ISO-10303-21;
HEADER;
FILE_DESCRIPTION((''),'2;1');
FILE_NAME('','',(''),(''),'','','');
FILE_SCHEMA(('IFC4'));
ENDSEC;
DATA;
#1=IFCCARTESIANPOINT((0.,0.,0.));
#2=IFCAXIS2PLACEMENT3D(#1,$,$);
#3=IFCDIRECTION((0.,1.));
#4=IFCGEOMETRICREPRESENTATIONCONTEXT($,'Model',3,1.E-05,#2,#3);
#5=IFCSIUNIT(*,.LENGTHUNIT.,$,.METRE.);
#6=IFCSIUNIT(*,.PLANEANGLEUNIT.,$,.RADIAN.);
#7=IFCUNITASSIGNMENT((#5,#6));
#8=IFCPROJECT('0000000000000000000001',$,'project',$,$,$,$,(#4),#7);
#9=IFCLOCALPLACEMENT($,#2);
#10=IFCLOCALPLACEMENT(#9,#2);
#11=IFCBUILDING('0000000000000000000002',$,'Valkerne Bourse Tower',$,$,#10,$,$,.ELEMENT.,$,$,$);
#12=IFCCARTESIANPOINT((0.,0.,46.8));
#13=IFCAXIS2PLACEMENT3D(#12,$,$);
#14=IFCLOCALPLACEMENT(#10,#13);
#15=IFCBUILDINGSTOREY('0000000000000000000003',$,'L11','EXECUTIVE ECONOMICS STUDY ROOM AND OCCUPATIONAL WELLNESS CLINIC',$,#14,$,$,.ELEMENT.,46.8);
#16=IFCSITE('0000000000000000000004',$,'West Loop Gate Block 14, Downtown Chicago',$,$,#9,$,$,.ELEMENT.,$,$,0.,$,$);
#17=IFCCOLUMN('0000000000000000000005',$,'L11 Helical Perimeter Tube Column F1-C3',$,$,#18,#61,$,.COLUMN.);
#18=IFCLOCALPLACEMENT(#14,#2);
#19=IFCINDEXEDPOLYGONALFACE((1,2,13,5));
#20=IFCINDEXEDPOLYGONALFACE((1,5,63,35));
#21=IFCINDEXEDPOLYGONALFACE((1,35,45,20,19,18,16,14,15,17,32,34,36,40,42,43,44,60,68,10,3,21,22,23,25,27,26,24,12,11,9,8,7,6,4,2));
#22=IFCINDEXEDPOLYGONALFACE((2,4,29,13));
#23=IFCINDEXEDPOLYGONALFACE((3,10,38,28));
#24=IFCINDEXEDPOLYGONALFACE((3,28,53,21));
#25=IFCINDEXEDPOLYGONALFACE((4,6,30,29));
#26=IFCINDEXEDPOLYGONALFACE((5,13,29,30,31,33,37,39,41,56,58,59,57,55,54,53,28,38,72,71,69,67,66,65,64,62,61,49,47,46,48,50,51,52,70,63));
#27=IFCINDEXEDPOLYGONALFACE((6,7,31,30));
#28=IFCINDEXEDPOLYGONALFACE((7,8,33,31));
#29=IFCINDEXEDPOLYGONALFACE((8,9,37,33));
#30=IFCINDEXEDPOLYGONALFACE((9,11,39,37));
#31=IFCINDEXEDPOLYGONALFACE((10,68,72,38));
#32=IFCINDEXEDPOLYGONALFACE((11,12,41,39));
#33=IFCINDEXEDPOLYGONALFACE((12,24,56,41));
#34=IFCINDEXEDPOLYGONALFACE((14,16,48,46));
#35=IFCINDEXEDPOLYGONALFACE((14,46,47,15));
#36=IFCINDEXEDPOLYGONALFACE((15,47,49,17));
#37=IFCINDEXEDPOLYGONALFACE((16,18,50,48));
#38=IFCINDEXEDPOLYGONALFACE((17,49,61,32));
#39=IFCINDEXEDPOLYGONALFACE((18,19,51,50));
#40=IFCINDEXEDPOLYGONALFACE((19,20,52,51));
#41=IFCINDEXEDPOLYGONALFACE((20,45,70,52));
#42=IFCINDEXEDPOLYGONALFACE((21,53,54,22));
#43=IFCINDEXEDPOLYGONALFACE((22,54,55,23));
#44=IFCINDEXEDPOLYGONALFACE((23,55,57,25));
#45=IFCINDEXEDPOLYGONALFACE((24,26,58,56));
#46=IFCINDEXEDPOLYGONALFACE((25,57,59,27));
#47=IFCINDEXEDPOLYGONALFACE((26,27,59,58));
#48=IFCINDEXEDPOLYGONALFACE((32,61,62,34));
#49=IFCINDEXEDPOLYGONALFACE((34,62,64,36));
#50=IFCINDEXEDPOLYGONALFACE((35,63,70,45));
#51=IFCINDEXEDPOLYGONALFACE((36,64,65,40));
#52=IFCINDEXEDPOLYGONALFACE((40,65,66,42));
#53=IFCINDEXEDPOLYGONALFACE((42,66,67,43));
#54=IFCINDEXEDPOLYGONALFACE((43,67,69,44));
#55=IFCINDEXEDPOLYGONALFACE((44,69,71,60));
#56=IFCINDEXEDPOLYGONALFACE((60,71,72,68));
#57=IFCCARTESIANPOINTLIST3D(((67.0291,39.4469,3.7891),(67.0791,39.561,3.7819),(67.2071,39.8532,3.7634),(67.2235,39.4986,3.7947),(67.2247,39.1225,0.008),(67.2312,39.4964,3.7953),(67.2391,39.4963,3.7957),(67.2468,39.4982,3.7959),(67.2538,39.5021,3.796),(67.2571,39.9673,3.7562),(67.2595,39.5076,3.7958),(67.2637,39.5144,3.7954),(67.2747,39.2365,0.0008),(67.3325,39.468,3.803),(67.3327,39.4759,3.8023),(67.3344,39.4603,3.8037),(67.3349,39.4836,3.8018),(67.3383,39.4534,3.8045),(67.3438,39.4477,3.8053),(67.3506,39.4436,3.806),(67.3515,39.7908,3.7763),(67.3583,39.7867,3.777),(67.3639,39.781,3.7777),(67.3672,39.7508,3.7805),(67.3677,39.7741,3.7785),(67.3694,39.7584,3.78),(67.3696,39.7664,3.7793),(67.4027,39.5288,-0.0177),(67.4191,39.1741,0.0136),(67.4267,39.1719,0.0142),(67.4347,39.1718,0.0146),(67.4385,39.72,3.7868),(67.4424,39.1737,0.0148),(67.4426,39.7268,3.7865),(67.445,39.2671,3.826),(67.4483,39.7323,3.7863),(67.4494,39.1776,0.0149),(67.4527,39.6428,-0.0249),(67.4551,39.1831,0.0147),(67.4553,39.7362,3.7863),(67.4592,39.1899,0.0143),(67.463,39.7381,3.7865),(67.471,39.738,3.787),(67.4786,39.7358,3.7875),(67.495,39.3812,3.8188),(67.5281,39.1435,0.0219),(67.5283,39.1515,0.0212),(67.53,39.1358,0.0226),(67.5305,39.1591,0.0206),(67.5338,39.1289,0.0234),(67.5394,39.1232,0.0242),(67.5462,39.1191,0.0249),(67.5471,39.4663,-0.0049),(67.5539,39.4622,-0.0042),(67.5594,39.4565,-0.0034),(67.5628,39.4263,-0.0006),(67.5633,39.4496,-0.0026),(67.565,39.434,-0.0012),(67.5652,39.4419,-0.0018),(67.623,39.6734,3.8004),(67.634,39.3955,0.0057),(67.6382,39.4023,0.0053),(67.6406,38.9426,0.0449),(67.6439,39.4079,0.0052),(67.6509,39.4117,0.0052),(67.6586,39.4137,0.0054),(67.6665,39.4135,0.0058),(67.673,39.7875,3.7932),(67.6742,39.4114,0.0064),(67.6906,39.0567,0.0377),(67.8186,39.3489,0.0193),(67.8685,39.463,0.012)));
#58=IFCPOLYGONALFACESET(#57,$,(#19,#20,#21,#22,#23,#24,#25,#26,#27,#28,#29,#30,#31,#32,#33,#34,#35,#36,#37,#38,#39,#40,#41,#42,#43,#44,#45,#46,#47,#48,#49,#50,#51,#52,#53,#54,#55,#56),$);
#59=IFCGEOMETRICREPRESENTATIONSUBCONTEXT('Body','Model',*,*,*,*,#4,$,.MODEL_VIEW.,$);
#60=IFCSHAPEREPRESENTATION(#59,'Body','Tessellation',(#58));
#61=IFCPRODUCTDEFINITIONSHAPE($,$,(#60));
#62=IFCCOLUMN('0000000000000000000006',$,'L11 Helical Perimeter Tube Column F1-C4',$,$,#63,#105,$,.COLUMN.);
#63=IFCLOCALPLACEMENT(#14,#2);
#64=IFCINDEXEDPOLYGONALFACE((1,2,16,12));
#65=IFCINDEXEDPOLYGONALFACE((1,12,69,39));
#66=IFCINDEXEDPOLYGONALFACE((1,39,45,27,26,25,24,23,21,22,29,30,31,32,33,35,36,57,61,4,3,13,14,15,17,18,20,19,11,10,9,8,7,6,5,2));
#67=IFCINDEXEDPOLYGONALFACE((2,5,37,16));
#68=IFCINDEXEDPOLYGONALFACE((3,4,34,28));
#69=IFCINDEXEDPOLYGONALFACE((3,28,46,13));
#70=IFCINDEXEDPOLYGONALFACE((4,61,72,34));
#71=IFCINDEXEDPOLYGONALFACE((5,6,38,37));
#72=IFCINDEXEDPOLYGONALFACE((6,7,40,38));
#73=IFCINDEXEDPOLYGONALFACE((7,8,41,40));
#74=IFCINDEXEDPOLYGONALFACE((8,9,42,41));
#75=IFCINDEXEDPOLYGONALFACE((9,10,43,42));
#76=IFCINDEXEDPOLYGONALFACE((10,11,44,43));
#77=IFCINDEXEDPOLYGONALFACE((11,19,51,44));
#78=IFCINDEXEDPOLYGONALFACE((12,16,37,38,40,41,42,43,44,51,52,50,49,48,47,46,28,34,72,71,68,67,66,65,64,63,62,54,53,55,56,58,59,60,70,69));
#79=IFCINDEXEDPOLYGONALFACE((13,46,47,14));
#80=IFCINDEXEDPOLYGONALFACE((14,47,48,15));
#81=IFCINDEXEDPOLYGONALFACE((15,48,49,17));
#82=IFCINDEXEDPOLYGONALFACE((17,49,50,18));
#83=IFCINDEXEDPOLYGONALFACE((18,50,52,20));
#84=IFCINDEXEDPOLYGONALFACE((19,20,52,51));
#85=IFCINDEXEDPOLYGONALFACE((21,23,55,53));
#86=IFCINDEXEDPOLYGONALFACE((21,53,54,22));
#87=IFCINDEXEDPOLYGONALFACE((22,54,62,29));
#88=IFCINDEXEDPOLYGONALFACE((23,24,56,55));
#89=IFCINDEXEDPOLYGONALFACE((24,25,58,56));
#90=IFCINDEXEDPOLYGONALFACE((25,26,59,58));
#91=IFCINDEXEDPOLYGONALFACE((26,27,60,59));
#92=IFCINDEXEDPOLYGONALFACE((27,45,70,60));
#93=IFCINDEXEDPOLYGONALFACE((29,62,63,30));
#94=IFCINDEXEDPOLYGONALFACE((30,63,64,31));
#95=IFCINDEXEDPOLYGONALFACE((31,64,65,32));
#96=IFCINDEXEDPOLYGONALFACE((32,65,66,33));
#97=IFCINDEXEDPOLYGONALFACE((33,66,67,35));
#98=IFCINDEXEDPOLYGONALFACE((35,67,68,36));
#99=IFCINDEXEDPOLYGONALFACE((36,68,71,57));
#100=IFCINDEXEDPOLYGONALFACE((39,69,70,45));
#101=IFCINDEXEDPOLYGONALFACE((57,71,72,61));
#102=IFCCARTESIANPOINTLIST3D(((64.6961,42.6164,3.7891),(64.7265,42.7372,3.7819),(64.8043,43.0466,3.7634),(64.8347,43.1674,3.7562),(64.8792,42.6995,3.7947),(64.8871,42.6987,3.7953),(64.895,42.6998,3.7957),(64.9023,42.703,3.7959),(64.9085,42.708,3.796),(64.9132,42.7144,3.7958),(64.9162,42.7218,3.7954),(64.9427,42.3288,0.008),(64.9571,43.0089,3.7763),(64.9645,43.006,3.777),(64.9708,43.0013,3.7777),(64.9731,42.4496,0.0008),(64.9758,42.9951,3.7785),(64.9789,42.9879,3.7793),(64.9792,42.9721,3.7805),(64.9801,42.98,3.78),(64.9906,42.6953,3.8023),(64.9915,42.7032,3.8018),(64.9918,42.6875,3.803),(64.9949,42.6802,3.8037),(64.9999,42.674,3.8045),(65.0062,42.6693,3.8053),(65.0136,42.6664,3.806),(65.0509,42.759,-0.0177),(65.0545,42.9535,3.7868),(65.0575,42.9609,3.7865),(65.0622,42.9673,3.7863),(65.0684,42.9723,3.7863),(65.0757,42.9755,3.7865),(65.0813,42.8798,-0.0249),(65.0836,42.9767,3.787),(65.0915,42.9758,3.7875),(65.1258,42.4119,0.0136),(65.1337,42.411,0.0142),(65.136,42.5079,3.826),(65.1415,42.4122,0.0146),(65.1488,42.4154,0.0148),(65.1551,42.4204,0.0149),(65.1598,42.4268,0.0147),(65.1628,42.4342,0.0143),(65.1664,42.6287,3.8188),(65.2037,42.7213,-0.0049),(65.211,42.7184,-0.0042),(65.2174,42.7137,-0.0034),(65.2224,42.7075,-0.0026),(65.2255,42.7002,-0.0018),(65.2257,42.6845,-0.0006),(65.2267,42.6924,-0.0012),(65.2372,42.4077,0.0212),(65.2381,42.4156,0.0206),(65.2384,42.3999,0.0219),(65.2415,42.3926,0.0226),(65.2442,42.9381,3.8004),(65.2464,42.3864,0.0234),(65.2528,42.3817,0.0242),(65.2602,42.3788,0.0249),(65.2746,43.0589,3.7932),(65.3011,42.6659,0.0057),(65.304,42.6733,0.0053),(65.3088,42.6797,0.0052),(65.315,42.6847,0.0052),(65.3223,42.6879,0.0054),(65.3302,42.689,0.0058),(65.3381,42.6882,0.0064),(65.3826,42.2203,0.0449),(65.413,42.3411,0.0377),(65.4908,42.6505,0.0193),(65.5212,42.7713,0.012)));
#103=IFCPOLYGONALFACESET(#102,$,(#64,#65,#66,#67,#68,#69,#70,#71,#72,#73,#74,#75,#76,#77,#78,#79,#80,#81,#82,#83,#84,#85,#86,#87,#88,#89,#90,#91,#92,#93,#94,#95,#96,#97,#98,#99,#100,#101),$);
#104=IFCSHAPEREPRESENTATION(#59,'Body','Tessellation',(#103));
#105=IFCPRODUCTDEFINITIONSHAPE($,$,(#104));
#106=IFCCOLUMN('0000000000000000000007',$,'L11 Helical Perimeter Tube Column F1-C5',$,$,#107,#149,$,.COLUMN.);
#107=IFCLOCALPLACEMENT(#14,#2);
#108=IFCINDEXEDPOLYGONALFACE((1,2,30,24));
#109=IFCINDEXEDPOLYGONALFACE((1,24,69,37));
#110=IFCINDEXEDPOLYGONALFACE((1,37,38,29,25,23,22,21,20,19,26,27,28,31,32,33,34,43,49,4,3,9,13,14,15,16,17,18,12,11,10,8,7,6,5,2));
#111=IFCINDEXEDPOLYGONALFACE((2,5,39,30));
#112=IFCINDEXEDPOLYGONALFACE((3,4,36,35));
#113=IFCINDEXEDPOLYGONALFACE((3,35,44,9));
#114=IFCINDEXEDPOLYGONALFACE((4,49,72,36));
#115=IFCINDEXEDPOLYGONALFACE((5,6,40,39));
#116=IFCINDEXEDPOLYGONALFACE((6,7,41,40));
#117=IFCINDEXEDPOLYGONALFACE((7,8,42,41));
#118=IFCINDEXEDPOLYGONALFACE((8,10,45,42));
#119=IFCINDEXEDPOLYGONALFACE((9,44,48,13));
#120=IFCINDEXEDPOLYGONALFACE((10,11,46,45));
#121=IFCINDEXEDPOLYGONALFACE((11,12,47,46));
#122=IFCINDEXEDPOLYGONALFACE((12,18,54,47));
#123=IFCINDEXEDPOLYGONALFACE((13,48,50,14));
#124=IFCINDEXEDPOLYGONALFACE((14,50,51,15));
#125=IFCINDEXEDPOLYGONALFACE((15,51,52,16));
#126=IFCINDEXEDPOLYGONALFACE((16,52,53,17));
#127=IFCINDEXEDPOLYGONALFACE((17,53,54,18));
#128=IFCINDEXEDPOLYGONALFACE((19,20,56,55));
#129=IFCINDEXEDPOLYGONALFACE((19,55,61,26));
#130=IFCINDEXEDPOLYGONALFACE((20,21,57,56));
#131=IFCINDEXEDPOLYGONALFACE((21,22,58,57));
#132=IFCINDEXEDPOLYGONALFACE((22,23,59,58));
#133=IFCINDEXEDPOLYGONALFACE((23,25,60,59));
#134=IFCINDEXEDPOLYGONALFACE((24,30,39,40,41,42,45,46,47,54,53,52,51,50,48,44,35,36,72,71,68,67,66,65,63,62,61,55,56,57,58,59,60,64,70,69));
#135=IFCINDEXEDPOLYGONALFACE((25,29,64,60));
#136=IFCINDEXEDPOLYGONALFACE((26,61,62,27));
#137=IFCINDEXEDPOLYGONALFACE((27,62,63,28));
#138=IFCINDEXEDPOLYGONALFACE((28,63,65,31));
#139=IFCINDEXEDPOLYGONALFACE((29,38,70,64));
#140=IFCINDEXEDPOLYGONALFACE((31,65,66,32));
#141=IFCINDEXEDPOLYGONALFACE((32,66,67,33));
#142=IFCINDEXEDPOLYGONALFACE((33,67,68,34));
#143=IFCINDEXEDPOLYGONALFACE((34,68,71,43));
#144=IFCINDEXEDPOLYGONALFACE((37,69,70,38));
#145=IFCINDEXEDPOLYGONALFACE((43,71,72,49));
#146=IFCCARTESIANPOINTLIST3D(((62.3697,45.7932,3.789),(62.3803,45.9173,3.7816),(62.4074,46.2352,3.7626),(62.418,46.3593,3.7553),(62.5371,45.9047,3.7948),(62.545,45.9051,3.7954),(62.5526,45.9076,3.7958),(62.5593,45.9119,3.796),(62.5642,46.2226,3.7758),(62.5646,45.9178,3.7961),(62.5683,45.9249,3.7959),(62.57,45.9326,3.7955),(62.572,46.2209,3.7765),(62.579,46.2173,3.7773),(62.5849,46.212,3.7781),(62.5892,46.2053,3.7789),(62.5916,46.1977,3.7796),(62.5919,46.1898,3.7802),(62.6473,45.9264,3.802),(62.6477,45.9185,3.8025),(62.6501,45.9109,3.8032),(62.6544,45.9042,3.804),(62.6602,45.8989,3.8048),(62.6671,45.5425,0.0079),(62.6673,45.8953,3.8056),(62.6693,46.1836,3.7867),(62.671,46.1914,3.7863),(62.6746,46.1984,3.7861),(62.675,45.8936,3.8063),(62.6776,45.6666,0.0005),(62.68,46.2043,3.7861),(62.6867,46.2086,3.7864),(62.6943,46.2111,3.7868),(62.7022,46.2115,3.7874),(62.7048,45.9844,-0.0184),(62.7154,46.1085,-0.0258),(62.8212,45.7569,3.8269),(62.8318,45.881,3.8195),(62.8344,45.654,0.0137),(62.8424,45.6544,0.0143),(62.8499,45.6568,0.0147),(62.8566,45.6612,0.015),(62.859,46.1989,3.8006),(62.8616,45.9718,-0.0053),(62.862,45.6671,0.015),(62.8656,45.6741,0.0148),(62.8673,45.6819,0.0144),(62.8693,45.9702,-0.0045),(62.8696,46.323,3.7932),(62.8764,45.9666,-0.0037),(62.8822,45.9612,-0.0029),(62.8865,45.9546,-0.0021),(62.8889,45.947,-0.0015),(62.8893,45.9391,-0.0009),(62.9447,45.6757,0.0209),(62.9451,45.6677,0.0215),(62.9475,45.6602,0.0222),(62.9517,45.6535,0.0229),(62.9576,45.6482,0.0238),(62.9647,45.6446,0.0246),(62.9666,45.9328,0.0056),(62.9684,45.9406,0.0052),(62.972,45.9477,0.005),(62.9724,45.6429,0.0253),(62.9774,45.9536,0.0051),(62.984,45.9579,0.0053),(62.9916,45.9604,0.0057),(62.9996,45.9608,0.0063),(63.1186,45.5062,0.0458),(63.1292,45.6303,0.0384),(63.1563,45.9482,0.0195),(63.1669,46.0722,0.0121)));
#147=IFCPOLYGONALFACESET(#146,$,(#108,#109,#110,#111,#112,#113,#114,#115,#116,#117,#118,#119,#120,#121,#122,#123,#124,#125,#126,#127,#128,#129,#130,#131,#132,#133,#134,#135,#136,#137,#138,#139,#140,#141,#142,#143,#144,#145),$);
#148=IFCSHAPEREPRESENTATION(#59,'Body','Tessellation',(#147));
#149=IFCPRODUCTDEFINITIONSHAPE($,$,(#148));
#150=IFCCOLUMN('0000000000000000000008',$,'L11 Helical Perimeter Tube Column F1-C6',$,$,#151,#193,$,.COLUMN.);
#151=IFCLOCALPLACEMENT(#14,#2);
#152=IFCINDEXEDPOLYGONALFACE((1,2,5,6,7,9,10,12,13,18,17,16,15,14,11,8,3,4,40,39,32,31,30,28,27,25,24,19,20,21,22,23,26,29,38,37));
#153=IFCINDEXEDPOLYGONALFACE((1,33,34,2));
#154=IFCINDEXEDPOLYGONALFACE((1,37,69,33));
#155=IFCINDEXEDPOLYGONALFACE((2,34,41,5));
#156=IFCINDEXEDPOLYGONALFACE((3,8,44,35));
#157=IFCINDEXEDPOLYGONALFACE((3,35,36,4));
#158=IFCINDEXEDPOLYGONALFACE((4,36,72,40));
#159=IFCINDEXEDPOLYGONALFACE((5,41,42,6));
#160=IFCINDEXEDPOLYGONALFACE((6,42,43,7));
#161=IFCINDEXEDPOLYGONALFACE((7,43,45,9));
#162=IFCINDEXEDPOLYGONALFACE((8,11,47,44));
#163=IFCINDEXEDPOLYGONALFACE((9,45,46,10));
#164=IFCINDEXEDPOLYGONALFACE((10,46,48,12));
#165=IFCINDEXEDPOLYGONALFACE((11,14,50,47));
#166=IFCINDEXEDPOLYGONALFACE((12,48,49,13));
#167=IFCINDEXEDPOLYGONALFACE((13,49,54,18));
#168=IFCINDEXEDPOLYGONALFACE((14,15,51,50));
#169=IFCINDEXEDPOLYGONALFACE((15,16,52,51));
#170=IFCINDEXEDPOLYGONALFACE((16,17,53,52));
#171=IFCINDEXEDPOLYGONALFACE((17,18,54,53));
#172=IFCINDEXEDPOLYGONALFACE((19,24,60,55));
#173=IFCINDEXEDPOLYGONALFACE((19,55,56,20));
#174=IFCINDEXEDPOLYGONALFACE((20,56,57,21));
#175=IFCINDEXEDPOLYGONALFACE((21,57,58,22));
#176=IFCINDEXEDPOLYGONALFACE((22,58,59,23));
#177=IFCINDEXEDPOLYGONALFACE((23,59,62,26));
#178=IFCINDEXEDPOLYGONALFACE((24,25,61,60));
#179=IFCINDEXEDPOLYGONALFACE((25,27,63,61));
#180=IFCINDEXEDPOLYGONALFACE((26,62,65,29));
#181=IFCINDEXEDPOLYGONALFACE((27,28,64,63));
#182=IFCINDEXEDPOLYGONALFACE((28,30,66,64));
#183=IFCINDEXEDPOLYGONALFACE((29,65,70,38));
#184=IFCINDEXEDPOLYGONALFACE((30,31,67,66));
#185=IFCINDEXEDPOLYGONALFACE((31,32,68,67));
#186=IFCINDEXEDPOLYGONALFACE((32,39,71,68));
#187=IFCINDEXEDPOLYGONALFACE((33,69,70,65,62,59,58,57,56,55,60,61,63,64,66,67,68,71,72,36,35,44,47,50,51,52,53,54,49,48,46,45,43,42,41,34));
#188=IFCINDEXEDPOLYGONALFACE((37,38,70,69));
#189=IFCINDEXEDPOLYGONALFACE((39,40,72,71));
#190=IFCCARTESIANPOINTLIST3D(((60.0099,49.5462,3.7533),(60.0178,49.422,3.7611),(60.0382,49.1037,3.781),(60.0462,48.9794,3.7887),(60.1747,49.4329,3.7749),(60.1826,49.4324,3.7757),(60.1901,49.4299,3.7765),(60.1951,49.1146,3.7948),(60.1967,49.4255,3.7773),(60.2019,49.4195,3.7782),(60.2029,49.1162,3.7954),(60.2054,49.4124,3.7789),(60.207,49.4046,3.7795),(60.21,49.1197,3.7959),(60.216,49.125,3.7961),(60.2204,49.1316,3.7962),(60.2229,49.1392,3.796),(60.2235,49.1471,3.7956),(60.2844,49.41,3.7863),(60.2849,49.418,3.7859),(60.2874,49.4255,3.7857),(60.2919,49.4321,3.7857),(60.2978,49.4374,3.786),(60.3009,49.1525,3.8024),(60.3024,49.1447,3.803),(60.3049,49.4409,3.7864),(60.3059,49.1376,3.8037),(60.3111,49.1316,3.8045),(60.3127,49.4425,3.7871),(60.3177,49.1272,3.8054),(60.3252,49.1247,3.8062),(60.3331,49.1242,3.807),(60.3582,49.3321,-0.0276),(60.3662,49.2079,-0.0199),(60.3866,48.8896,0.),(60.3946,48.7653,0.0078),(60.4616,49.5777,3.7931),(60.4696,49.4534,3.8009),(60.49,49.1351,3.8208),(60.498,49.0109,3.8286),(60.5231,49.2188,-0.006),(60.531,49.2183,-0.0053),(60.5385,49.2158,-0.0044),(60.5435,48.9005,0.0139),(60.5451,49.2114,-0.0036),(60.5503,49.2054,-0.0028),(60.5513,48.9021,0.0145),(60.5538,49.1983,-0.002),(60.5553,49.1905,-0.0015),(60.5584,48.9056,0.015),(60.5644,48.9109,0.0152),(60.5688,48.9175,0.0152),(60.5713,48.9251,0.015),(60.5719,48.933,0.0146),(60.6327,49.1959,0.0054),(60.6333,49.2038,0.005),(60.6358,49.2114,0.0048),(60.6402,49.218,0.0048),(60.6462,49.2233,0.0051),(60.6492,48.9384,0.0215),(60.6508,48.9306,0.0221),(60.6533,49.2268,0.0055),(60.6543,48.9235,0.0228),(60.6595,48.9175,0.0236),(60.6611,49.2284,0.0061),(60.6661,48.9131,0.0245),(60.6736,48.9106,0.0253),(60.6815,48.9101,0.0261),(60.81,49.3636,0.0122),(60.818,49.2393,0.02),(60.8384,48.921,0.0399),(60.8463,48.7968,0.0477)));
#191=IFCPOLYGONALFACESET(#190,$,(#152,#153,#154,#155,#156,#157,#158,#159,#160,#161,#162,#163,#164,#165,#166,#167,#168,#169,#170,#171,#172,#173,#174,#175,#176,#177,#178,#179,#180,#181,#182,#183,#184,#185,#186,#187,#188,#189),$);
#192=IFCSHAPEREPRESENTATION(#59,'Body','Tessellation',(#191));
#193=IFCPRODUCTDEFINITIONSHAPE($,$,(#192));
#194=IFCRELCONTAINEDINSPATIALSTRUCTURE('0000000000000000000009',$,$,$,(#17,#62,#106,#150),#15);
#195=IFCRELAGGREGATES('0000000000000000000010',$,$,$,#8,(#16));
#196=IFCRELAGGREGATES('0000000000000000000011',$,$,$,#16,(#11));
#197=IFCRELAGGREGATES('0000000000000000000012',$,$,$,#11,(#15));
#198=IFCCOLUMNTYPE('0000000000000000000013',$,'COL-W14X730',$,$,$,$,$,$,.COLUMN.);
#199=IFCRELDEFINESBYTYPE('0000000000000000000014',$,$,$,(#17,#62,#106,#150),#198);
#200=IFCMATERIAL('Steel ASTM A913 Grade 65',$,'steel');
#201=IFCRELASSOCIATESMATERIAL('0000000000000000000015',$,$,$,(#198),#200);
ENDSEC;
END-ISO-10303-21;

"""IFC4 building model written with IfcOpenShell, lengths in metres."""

from ifc_helpers import new_model, si_unit, direction, frame, origin, origin_2d, place, context, subcontext, project, spatial, i_section, extrude, material, material_profile, profile_set, type_object, element, save


model = new_model("IFC4")

# Units and contexts
model_context = context("Model", 3, precision=1e-05, world=origin(), true_north=direction((0.0, 1.0)))
body_context = subcontext(model_context, "Body", "Model", "MODEL_VIEW")
ifc_project = project(units=[si_unit("LENGTHUNIT", "METRE"), si_unit("PLANEANGLEUNIT", "RADIAN")], contexts=[model_context])

# Site, building, storey
site_placement = place(None, origin())
site = spatial("IfcSite", under=ifc_project, at=site_placement, Name="West Loop Gate Block 14, Downtown Chicago", CompositionType="ELEMENT", RefElevation=0.0)
building_placement = place(site_placement, origin())
building = spatial("IfcBuilding", under=site, at=building_placement, Name="Valkerne Bourse Tower", CompositionType="ELEMENT")
storey_placement = place(building_placement, frame((0.0, 0.0, 46.8)))
storey = spatial("IfcBuildingStorey", under=building, at=storey_placement, Name="L11", Description="EXECUTIVE ECONOMICS STUDY ROOM AND OCCUPATIONAL WELLNESS CLINIC", CompositionType="ELEMENT", Elevation=46.8)

# Columns
ifc_material_1 = material(Name="Steel ASTM A913 Grade 65", Category="steel")
ifc_material_profile_1 = material_profile(ifc_material_1, i_section(OverallWidth=0.4546, OverallDepth=0.5691, WebThickness=0.0779, FlangeThickness=0.1248, FilletRadius=0.0305, at=origin_2d()), Name="W14X730")
ifc_profile_set_1 = profile_set([ifc_material_profile_1], Name="Steel ASTM A913 Grade 65")
column_type = type_object("IfcColumnType", Name="COL-W14X730", PredefinedType="COLUMN", material=ifc_profile_set_1)
for number, where, z_axis, x_axis, name in (
    (1, (67.5466, 39.2927, 0.01), (-0.051463, 0.085386, 0.995018), (0.914809, -0.395627, 0.081265), "L11 Helical Perimeter Tube Column F1-C3"),
    (2, (65.2319, 42.55, 0.01), (-0.064891, 0.075685, 0.995018), (0.967692, -0.238681, 0.081264), "L11 Helical Perimeter Tube Column F1-C4"),
):
    element("IfcColumn", number, at=place(storey_placement, frame(where, z_axis=z_axis, x_axis=x_axis)), inside=storey, type_object=column_type, Name=name, PredefinedType="COLUMN", context=body_context, shape_type="SweptSolid", body=[
        extrude(i_section(OverallWidth=0.4546, OverallDepth=0.5691, WebThickness=0.0779, FlangeThickness=0.1248, FilletRadius=0.0305, at=origin_2d()), origin(), (0.0, 0.0, 1.0), 3.8),
    ])
column_placement = place(storey_placement, frame((62.917, 45.8074, 0.01), z_axis=(-0.078234, 0.065966, 0.99475), x_axis=(0.993313, -0.079825, 0.083414)))
element("IfcColumn", 3, at=column_placement, inside=storey, type_object=column_type, Name="L11 Helical Perimeter Tube Column F1-C5", PredefinedType="COLUMN", context=body_context, shape_type="SweptSolid", body=[
    extrude(i_section(OverallWidth=0.4546, OverallDepth=0.5691, WebThickness=0.0779, FlangeThickness=0.1248, FilletRadius=0.0305, at=origin_2d()), origin(), (0.0, 0.0, 1.0), 3.801),
])
for number, where, z_axis, x_axis, name in (
    (4, (60.6023, 49.0645, 0.01), (-0.091608, 0.0563, 0.994202), (0.993745, 0.069203, 0.087647), "L11 Helical Perimeter Tube Column F1-C6"),
):
    element("IfcColumn", number, at=place(storey_placement, frame(where, z_axis=z_axis, x_axis=x_axis)), inside=storey, type_object=column_type, Name=name, PredefinedType="COLUMN", context=body_context, shape_type="SweptSolid", body=[
        extrude(i_section(OverallWidth=0.4546, OverallDepth=0.5691, WebThickness=0.0779, FlangeThickness=0.1248, FilletRadius=0.0305, at=origin_2d()), origin(), (0.0, 0.0, 1.0), 3.803),
    ])

save(model, "model.ifc")
